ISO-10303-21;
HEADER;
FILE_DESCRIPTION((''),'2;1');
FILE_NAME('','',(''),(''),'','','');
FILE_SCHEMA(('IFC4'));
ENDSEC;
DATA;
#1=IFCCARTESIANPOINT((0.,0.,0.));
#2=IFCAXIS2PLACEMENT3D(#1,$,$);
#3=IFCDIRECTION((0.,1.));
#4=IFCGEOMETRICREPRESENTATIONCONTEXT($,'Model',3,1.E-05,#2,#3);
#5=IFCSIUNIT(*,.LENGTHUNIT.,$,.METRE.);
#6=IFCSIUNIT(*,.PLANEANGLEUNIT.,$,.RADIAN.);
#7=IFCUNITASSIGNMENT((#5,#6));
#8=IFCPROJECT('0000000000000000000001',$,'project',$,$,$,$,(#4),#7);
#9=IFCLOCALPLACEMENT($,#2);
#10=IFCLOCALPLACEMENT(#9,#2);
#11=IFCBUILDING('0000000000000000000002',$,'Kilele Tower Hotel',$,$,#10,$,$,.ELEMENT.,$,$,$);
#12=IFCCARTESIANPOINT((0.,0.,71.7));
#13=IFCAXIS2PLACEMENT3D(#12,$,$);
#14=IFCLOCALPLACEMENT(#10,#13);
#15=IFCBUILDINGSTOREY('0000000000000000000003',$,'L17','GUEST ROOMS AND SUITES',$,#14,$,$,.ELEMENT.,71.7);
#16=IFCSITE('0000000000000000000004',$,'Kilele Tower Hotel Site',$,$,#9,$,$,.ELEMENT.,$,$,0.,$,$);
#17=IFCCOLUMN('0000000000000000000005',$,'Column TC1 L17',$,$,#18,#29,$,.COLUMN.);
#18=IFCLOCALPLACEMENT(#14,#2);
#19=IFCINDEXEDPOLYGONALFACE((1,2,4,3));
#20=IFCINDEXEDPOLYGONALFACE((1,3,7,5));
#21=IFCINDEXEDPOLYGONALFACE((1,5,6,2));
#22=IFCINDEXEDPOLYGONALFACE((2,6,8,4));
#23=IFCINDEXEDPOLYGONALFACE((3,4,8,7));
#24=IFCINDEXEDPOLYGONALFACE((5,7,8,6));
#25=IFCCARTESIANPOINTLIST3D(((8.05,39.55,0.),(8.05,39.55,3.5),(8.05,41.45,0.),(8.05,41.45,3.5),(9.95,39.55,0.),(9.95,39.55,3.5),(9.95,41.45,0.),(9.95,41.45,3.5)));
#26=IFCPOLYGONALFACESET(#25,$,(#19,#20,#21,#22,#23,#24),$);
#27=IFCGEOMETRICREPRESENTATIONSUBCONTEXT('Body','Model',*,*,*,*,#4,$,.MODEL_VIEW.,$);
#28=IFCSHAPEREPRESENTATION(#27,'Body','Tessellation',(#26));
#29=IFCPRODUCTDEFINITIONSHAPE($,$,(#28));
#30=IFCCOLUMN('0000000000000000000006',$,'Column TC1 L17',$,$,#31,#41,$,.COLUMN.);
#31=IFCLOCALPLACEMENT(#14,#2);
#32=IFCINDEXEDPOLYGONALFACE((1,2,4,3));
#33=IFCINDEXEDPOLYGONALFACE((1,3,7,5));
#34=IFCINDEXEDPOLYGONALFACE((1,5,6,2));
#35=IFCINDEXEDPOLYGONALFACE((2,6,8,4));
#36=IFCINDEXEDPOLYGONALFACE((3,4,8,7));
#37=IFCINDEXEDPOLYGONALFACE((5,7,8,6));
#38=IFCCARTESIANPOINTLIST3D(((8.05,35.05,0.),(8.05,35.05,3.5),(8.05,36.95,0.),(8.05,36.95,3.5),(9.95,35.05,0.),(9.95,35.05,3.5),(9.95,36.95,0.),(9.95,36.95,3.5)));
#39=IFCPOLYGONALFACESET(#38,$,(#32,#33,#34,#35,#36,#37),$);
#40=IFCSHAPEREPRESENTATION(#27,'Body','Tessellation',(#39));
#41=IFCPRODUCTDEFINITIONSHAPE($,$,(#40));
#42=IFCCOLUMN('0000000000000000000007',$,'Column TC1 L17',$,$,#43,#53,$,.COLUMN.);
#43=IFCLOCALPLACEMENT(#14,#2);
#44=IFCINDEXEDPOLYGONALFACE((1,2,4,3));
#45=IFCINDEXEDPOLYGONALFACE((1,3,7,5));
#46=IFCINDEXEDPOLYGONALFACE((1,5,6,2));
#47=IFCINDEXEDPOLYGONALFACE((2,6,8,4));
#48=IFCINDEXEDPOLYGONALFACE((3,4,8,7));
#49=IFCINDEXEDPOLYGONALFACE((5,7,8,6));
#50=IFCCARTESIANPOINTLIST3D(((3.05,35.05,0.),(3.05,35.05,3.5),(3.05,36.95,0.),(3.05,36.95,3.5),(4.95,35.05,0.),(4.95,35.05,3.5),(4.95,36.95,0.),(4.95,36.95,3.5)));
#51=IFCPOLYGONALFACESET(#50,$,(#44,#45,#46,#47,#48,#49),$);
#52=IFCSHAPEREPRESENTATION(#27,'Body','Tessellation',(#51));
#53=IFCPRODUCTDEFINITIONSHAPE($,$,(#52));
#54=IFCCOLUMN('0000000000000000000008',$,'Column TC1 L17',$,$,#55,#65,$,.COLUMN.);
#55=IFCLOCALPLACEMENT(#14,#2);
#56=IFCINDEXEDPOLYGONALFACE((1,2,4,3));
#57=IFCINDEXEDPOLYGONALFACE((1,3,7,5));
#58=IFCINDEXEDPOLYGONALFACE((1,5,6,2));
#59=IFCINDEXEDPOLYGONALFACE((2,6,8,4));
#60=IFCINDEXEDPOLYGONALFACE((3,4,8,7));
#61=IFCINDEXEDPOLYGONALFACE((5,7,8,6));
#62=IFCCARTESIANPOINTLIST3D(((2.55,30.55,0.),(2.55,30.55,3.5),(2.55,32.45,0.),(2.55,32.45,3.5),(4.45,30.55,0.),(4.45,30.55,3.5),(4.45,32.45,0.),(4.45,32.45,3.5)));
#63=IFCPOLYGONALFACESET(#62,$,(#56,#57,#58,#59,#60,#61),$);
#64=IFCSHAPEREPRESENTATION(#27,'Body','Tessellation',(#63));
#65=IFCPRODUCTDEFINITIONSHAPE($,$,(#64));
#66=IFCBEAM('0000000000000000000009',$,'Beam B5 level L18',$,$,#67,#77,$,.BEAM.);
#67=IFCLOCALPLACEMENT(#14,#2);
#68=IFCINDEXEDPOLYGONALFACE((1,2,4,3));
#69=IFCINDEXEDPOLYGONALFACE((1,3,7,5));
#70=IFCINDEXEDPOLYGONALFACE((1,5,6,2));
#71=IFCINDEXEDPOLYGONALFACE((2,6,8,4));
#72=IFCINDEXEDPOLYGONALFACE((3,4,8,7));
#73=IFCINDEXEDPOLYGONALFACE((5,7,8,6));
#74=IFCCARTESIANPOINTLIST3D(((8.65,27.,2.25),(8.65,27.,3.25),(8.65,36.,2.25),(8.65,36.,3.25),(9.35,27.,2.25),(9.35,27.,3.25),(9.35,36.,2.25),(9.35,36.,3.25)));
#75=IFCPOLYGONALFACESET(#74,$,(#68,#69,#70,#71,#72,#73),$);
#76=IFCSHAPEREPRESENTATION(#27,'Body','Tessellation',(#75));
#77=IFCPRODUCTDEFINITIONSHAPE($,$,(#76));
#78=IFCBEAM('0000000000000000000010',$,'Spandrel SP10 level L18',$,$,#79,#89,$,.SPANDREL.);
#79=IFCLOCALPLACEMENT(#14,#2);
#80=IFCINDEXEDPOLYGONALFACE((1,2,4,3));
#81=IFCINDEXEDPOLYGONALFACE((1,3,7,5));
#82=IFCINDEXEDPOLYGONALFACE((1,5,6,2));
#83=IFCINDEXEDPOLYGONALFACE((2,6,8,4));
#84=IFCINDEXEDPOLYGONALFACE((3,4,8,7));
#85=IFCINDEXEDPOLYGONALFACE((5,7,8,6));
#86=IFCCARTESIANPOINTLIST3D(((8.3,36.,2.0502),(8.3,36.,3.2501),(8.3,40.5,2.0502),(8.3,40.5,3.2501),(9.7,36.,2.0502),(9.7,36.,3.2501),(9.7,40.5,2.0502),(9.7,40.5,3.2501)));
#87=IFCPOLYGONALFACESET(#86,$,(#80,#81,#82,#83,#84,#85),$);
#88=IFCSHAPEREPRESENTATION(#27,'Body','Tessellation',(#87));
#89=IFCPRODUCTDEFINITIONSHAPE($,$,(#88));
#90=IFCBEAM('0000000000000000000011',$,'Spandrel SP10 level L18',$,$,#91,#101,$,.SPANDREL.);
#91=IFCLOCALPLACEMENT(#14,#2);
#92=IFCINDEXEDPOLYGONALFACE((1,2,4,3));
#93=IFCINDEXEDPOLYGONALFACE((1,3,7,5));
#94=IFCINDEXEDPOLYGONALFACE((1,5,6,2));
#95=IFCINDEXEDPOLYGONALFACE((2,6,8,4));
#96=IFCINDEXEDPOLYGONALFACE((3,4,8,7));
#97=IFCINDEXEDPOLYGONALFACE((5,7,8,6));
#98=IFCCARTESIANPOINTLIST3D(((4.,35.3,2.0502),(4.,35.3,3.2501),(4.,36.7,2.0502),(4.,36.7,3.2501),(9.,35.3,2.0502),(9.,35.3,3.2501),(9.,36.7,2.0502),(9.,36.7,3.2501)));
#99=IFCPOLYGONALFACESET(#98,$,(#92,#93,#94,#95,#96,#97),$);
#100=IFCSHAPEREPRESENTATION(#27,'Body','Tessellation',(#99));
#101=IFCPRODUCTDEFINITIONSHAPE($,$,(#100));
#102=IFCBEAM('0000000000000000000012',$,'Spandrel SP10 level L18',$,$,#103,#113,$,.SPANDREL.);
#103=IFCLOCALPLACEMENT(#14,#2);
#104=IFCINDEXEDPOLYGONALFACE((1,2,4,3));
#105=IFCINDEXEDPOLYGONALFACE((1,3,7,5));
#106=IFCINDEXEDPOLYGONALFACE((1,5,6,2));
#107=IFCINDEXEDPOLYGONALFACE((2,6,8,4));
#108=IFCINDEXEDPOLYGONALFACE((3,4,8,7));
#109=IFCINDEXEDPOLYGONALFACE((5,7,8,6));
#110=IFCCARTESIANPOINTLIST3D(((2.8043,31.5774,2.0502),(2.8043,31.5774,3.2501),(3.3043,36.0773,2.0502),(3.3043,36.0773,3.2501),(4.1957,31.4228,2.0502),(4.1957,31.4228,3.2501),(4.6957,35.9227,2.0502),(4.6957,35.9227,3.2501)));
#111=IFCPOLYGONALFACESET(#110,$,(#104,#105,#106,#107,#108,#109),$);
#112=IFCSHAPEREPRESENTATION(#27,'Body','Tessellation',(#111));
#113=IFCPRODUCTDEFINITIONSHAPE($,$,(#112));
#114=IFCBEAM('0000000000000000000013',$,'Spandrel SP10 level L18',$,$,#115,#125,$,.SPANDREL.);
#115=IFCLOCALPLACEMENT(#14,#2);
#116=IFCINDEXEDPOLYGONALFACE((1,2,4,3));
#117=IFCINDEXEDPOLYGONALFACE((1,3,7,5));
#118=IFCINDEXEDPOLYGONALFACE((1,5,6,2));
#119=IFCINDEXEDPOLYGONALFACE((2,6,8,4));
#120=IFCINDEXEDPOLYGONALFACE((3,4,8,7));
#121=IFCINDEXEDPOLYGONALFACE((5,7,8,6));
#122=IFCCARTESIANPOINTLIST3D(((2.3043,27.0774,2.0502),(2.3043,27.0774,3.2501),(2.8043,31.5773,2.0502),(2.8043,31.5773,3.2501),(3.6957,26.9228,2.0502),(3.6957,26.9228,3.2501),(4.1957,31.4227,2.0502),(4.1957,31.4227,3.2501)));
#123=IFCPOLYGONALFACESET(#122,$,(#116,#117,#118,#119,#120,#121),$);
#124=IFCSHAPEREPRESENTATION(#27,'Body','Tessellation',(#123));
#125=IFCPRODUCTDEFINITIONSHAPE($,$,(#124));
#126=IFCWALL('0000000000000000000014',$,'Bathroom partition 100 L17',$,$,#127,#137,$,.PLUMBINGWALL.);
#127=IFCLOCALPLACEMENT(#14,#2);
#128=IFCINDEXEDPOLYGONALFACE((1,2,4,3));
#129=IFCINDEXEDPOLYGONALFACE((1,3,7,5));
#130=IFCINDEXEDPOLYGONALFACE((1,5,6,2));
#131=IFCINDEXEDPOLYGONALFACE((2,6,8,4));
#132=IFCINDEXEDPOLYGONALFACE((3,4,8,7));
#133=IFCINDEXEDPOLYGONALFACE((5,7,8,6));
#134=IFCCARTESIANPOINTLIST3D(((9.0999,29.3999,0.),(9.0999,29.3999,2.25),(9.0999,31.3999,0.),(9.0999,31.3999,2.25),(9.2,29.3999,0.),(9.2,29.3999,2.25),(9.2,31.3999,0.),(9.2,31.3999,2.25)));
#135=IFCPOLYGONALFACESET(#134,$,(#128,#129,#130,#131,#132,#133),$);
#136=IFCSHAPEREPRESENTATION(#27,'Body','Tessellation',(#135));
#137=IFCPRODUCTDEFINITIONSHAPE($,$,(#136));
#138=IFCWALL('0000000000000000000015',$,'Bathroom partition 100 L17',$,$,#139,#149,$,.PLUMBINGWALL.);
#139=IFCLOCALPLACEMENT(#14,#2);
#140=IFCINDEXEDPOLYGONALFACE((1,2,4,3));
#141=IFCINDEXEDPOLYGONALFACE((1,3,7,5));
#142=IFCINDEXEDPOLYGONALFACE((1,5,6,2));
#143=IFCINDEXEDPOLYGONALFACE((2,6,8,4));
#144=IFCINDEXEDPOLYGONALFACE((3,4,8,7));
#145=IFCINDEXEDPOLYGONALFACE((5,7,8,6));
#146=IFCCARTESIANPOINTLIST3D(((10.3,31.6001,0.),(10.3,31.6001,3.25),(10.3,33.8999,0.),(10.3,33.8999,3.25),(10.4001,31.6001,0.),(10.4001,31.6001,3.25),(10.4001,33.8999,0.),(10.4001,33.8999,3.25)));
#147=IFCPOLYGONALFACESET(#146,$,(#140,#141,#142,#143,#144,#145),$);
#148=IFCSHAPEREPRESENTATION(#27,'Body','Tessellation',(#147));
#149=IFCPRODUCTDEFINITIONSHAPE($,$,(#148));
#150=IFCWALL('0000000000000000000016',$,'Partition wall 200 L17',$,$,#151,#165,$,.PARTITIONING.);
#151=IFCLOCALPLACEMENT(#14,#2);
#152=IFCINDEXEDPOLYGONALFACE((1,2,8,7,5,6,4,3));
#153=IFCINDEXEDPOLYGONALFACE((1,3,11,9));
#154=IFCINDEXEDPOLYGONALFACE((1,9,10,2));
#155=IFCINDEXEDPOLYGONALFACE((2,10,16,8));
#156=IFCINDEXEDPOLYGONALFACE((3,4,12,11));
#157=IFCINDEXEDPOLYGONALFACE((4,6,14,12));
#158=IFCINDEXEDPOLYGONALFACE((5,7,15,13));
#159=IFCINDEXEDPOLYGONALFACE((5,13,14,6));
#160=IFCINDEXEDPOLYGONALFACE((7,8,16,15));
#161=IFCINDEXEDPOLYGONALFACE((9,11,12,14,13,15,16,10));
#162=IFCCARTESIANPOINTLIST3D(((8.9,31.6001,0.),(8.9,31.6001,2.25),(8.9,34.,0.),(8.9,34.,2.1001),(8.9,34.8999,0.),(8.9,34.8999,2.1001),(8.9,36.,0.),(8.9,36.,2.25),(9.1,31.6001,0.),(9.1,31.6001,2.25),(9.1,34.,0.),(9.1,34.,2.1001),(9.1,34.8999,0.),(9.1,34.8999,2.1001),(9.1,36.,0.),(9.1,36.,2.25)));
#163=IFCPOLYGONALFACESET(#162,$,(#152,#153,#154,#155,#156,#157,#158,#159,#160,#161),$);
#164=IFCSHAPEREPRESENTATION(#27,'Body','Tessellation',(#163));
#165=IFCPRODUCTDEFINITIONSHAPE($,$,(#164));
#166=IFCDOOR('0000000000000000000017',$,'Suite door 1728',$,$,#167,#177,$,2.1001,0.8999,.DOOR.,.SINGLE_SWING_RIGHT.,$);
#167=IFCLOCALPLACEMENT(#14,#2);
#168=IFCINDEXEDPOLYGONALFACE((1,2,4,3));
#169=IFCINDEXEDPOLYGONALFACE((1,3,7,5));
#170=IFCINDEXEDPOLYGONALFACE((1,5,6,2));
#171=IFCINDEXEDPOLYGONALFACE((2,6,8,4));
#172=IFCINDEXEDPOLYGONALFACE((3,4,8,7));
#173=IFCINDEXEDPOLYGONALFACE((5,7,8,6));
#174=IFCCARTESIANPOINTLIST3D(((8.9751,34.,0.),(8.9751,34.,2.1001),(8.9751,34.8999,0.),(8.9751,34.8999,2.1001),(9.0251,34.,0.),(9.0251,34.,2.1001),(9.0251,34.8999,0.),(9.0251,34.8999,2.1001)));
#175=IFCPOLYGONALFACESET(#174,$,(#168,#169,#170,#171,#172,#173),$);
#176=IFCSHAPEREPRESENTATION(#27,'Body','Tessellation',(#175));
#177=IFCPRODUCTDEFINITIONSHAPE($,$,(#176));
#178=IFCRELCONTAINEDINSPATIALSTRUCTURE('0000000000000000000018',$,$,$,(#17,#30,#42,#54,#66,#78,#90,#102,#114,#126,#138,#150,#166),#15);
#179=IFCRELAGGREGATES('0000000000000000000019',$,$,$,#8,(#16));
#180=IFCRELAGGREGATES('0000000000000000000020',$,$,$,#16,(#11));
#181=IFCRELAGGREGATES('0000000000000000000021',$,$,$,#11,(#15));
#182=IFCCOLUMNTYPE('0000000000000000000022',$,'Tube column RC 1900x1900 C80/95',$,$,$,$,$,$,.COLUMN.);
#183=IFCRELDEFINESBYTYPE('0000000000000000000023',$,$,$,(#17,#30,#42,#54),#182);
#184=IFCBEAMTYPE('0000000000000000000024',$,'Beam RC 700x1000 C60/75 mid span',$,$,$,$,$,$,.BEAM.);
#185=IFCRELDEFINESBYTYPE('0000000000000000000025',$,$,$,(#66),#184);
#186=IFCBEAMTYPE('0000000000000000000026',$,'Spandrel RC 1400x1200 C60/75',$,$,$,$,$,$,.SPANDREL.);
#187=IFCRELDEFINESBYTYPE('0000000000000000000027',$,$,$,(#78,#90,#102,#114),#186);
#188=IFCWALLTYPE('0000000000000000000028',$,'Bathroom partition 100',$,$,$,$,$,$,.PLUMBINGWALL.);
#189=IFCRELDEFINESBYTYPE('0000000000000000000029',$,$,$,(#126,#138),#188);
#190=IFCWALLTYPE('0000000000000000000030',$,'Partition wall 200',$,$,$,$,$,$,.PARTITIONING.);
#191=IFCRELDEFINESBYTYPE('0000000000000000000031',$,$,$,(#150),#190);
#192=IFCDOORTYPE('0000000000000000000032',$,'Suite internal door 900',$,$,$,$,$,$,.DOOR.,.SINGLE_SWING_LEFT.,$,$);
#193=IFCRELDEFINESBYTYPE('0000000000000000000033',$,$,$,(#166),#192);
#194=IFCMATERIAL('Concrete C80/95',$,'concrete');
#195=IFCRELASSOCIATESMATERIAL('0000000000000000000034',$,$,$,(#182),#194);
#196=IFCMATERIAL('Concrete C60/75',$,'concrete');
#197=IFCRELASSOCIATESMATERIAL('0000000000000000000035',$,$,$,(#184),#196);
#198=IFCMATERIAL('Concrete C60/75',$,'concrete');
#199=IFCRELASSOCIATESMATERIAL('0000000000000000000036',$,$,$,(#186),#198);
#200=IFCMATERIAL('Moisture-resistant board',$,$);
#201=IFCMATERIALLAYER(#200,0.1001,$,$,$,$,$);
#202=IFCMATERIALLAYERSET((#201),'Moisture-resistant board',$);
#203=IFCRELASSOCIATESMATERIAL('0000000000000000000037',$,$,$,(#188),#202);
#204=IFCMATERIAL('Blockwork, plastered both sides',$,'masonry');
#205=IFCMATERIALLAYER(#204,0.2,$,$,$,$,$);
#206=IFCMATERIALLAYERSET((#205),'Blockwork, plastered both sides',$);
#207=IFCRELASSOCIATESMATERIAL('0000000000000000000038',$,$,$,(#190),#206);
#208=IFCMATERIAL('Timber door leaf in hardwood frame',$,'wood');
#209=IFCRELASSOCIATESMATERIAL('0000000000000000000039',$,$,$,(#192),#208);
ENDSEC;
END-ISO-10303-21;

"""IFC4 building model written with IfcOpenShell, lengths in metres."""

from ifc_helpers import new_model, si_unit, direction, frame, frame_2d, origin, origin_2d, place, context, subcontext, project, spatial, rectangle, extrude, material, layer, layer_set, material_profile, profile_set, type_object, element, fill, save


model = new_model("IFC4")

# Units and contexts
model_context = context("Model", 3, precision=1e-05, world=origin(), true_north=direction((0.0, 1.0)))
body_context = subcontext(model_context, "Body", "Model", "MODEL_VIEW")
ifc_project = project(units=[si_unit("LENGTHUNIT", "METRE"), si_unit("PLANEANGLEUNIT", "RADIAN")], contexts=[model_context])

# Site, building, storey
site_placement = place(None, origin())
site = spatial("IfcSite", under=ifc_project, at=site_placement, Name="Kilele Tower Hotel Site", CompositionType="ELEMENT", RefElevation=0.0)
building_placement = place(site_placement, origin())
building = spatial("IfcBuilding", under=site, at=building_placement, Name="Kilele Tower Hotel", CompositionType="ELEMENT")
storey_placement = place(building_placement, frame((0.0, 0.0, 71.7)))
storey = spatial("IfcBuildingStorey", under=building, at=storey_placement, Name="L17", Description="GUEST ROOMS AND SUITES", CompositionType="ELEMENT", Elevation=71.7)

# Columns
ifc_material_1 = material(Name="Concrete C80/95", Category="concrete")
ifc_material_profile_1 = material_profile(ifc_material_1, rectangle(XDim=1.8999, YDim=1.8999, at=origin_2d()))
ifc_profile_set_1 = profile_set([ifc_material_profile_1], Name="Concrete C80/95")
column_type = type_object("IfcColumnType", Name="Tube column RC 1900x1900 C80/95", PredefinedType="COLUMN", material=ifc_profile_set_1)
for number, where, z_axis, x_axis, name in (
    (1, (9.0, 40.5, 0.0), (0.0, 0.0, 1.0), (1.0, 0.0, 0.0), "Column TC1 L17"),
    (2, (9.0, 36.0, 0.0), (0.0, 0.0, 1.0), (1.0, 0.0, 0.0), "Column TC1 L17"),
    (3, (4.0, 36.0, 0.0), (0.0, 0.0, 1.0), (1.0, 0.0, 0.0), "Column TC1 L17"),
    (4, (3.5, 31.5, 0.0), (0.0, 0.0, 1.0), (1.0, 0.0, 0.0), "Column TC1 L17"),
):
    element("IfcColumn", number, at=place(storey_placement, frame(where, z_axis=z_axis, x_axis=x_axis)), inside=storey, type_object=column_type, Name=name, PredefinedType="COLUMN", context=body_context, shape_type="SweptSolid", body=[
        extrude(rectangle(XDim=1.8999, YDim=1.8999, at=origin_2d()), origin(), (0.0, 0.0, 1.0), 3.5),
    ])

# Beams
ifc_material_2 = material(Name="Concrete C60/75", Category="concrete")
ifc_material_profile_2 = material_profile(ifc_material_2, rectangle(XDim=0.7, YDim=1.0, at=origin_2d()))
ifc_profile_set_2 = profile_set([ifc_material_profile_2], Name="Concrete C60/75")
beam_type_1 = type_object("IfcBeamType", Name="Beam RC 700x1000 C60/75 mid span", PredefinedType="BEAM", material=ifc_profile_set_2)
beam_1_placement = place(storey_placement, frame((9.0, 36.0, 2.75), z_axis=(0.0, -1.0, 0.0), x_axis=(1.0, 0.0, 0.0)))
element("IfcBeam", 5, at=beam_1_placement, inside=storey, type_object=beam_type_1, Name="Beam B5 level L18", PredefinedType="BEAM", context=body_context, shape_type="SweptSolid", body=[
    extrude(rectangle(XDim=0.7, YDim=1.0, at=origin_2d()), origin(), (0.0, 0.0, 1.0), 9.0),
])
ifc_material_3 = material(Name="Concrete C60/75", Category="concrete")
ifc_material_profile_3 = material_profile(ifc_material_3, rectangle(XDim=1.3999, YDim=1.2, at=origin_2d()))
ifc_profile_set_3 = profile_set([ifc_material_profile_3], Name="Concrete C60/75")
beam_type_2 = type_object("IfcBeamType", Name="Spandrel RC 1400x1200 C60/75", PredefinedType="SPANDREL", material=ifc_profile_set_3)
beam_2_placement = place(storey_placement, frame((9.0, 40.5, 2.6501), z_axis=(0.0, -1.0, 0.0), x_axis=(1.0, 0.0, 0.0)))
element("IfcBeam", 6, at=beam_2_placement, inside=storey, type_object=beam_type_2, Name="Spandrel SP10 level L18", PredefinedType="SPANDREL", context=body_context, shape_type="SweptSolid", body=[
    extrude(rectangle(XDim=1.3999, YDim=1.2, at=origin_2d()), origin(), (0.0, 0.0, 1.0), 4.5),
])
beam_3_placement = place(storey_placement, frame((9.0, 36.0, 2.6501), z_axis=(-1.0, 0.0, 0.0), x_axis=(0.0, -1.0, 0.0)))
element("IfcBeam", 7, at=beam_3_placement, inside=storey, type_object=beam_type_2, Name="Spandrel SP10 level L18", PredefinedType="SPANDREL", context=body_context, shape_type="SweptSolid", body=[
    extrude(rectangle(XDim=1.3999, YDim=1.2, at=origin_2d()), origin(), (0.0, 0.0, 1.0), 5.0),
])
for number, where, z_axis, x_axis, name in (
    (8, (4.0, 36.0, 2.6501), (-0.110432, -0.993884, 0.0), (0.993884, -0.110432, 0.0), "Spandrel SP10 level L18"),
    (9, (3.5, 31.5, 2.6501), (-0.110432, -0.993884, 0.0), (0.993884, -0.110432, 0.0), "Spandrel SP10 level L18"),
):
    element("IfcBeam", number, at=place(storey_placement, frame(where, z_axis=z_axis, x_axis=x_axis)), inside=storey, type_object=beam_type_2, Name=name, PredefinedType="SPANDREL", context=body_context, shape_type="SweptSolid", body=[
        extrude(rectangle(XDim=1.3999, YDim=1.2, at=origin_2d()), origin(), (0.0, 0.0, 1.0), 4.5276),
    ])

# Walls
ifc_material_4 = material(Name="Moisture-resistant board")
ifc_layer_1 = layer(ifc_material_4, 0.1001)
ifc_layer_set_1 = layer_set([ifc_layer_1], Name="Moisture-resistant board")
wall_type_1 = type_object("IfcWallType", Name="Bathroom partition 100", PredefinedType="PLUMBINGWALL", material=ifc_layer_set_1)
wall_1_placement = place(storey_placement, frame((9.1499, 31.3999, 0.0), z_axis=(0.0, 0.0, 1.0), x_axis=(0.0, -1.0, 0.0)))
element("IfcWall", 10, at=wall_1_placement, inside=storey, type_object=wall_type_1, Name="Bathroom partition 100 L17", PredefinedType="PLUMBINGWALL", context=body_context, shape_type="SweptSolid", body=[
    extrude(rectangle(XDim=2.0, YDim=0.1001, at=frame_2d((1.0, 0.0))), origin(), (0.0, 0.0, 1.0), 2.25),
])
wall_2_placement = place(storey_placement, frame((10.3501, 31.6001, 0.0), z_axis=(0.0, 0.0, 1.0), x_axis=(0.0, 1.0, 0.0)))
element("IfcWall", 11, at=wall_2_placement, inside=storey, type_object=wall_type_1, Name="Bathroom partition 100 L17", PredefinedType="PLUMBINGWALL", context=body_context, shape_type="SweptSolid", body=[
    extrude(rectangle(XDim=2.2998, YDim=0.1001, at=frame_2d((1.1499, 0.0))), origin(), (0.0, 0.0, 1.0), 3.25),
])

# Wall, opening, door
ifc_material_5 = material(Name="Blockwork, plastered both sides", Category="masonry")
ifc_layer_2 = layer(ifc_material_5, 0.2)
ifc_layer_set_2 = layer_set([ifc_layer_2], Name="Blockwork, plastered both sides")
wall_type_2 = type_object("IfcWallType", Name="Partition wall 200", PredefinedType="PARTITIONING", material=ifc_layer_set_2)
wall_3_placement = place(storey_placement, frame((9.0, 31.6001, 0.0), z_axis=(0.0, 0.0, 1.0), x_axis=(0.0, 1.0, 0.0)))
wall_3 = element("IfcWall", 12, at=wall_3_placement, inside=storey, type_object=wall_type_2, Name="Partition wall 200 L17", PredefinedType="PARTITIONING", context=body_context, shape_type="SweptSolid", body=[
    extrude(rectangle(XDim=4.3999, YDim=0.2, at=frame_2d((2.2, 0.0))), origin(), (0.0, 0.0, 1.0), 2.25),
])
opening_1_placement = place(wall_3_placement, frame((2.3999, 0.0, 0.0)))
opening_1 = element("IfcOpeningElement", 13, at=opening_1_placement, cuts=wall_3, PredefinedType="OPENING", context=body_context, shape_type="SweptSolid", body=[
    extrude(rectangle(XDim=0.8999, YDim=2.1001, at=frame_2d((0.45, 1.05))), frame((0.0, 0.1099, 0.0), z_axis=(0.0, -1.0, 0.0), x_axis=(1.0, 0.0, 0.0)), (0.0, 0.0, 1.0), 0.22),
])
ifc_material_6 = material(Name="Timber door leaf in hardwood frame", Category="wood")
door_type = type_object("IfcDoorType", Name="Suite internal door 900", OperationType="SINGLE_SWING_LEFT", PredefinedType="DOOR", material=ifc_material_6)
door_placement = place(opening_1_placement, origin())
door = element("IfcDoor", 14, at=door_placement, inside=storey, type_object=door_type, Name="Suite door 1728", OperationType="SINGLE_SWING_RIGHT", OverallHeight=2.1001, OverallWidth=0.8999, PredefinedType="DOOR", context=body_context, shape_type="SweptSolid", body=[
    extrude(rectangle(XDim=0.8999, YDim=2.1001, at=frame_2d((0.45, 1.05))), frame((0.0, 0.0249, 0.0), z_axis=(0.0, -1.0, 0.0), x_axis=(1.0, 0.0, 0.0)), (0.0, 0.0, 1.0), 0.05),
])
fill(opening_1, door)

save(model, "model.ifc")
